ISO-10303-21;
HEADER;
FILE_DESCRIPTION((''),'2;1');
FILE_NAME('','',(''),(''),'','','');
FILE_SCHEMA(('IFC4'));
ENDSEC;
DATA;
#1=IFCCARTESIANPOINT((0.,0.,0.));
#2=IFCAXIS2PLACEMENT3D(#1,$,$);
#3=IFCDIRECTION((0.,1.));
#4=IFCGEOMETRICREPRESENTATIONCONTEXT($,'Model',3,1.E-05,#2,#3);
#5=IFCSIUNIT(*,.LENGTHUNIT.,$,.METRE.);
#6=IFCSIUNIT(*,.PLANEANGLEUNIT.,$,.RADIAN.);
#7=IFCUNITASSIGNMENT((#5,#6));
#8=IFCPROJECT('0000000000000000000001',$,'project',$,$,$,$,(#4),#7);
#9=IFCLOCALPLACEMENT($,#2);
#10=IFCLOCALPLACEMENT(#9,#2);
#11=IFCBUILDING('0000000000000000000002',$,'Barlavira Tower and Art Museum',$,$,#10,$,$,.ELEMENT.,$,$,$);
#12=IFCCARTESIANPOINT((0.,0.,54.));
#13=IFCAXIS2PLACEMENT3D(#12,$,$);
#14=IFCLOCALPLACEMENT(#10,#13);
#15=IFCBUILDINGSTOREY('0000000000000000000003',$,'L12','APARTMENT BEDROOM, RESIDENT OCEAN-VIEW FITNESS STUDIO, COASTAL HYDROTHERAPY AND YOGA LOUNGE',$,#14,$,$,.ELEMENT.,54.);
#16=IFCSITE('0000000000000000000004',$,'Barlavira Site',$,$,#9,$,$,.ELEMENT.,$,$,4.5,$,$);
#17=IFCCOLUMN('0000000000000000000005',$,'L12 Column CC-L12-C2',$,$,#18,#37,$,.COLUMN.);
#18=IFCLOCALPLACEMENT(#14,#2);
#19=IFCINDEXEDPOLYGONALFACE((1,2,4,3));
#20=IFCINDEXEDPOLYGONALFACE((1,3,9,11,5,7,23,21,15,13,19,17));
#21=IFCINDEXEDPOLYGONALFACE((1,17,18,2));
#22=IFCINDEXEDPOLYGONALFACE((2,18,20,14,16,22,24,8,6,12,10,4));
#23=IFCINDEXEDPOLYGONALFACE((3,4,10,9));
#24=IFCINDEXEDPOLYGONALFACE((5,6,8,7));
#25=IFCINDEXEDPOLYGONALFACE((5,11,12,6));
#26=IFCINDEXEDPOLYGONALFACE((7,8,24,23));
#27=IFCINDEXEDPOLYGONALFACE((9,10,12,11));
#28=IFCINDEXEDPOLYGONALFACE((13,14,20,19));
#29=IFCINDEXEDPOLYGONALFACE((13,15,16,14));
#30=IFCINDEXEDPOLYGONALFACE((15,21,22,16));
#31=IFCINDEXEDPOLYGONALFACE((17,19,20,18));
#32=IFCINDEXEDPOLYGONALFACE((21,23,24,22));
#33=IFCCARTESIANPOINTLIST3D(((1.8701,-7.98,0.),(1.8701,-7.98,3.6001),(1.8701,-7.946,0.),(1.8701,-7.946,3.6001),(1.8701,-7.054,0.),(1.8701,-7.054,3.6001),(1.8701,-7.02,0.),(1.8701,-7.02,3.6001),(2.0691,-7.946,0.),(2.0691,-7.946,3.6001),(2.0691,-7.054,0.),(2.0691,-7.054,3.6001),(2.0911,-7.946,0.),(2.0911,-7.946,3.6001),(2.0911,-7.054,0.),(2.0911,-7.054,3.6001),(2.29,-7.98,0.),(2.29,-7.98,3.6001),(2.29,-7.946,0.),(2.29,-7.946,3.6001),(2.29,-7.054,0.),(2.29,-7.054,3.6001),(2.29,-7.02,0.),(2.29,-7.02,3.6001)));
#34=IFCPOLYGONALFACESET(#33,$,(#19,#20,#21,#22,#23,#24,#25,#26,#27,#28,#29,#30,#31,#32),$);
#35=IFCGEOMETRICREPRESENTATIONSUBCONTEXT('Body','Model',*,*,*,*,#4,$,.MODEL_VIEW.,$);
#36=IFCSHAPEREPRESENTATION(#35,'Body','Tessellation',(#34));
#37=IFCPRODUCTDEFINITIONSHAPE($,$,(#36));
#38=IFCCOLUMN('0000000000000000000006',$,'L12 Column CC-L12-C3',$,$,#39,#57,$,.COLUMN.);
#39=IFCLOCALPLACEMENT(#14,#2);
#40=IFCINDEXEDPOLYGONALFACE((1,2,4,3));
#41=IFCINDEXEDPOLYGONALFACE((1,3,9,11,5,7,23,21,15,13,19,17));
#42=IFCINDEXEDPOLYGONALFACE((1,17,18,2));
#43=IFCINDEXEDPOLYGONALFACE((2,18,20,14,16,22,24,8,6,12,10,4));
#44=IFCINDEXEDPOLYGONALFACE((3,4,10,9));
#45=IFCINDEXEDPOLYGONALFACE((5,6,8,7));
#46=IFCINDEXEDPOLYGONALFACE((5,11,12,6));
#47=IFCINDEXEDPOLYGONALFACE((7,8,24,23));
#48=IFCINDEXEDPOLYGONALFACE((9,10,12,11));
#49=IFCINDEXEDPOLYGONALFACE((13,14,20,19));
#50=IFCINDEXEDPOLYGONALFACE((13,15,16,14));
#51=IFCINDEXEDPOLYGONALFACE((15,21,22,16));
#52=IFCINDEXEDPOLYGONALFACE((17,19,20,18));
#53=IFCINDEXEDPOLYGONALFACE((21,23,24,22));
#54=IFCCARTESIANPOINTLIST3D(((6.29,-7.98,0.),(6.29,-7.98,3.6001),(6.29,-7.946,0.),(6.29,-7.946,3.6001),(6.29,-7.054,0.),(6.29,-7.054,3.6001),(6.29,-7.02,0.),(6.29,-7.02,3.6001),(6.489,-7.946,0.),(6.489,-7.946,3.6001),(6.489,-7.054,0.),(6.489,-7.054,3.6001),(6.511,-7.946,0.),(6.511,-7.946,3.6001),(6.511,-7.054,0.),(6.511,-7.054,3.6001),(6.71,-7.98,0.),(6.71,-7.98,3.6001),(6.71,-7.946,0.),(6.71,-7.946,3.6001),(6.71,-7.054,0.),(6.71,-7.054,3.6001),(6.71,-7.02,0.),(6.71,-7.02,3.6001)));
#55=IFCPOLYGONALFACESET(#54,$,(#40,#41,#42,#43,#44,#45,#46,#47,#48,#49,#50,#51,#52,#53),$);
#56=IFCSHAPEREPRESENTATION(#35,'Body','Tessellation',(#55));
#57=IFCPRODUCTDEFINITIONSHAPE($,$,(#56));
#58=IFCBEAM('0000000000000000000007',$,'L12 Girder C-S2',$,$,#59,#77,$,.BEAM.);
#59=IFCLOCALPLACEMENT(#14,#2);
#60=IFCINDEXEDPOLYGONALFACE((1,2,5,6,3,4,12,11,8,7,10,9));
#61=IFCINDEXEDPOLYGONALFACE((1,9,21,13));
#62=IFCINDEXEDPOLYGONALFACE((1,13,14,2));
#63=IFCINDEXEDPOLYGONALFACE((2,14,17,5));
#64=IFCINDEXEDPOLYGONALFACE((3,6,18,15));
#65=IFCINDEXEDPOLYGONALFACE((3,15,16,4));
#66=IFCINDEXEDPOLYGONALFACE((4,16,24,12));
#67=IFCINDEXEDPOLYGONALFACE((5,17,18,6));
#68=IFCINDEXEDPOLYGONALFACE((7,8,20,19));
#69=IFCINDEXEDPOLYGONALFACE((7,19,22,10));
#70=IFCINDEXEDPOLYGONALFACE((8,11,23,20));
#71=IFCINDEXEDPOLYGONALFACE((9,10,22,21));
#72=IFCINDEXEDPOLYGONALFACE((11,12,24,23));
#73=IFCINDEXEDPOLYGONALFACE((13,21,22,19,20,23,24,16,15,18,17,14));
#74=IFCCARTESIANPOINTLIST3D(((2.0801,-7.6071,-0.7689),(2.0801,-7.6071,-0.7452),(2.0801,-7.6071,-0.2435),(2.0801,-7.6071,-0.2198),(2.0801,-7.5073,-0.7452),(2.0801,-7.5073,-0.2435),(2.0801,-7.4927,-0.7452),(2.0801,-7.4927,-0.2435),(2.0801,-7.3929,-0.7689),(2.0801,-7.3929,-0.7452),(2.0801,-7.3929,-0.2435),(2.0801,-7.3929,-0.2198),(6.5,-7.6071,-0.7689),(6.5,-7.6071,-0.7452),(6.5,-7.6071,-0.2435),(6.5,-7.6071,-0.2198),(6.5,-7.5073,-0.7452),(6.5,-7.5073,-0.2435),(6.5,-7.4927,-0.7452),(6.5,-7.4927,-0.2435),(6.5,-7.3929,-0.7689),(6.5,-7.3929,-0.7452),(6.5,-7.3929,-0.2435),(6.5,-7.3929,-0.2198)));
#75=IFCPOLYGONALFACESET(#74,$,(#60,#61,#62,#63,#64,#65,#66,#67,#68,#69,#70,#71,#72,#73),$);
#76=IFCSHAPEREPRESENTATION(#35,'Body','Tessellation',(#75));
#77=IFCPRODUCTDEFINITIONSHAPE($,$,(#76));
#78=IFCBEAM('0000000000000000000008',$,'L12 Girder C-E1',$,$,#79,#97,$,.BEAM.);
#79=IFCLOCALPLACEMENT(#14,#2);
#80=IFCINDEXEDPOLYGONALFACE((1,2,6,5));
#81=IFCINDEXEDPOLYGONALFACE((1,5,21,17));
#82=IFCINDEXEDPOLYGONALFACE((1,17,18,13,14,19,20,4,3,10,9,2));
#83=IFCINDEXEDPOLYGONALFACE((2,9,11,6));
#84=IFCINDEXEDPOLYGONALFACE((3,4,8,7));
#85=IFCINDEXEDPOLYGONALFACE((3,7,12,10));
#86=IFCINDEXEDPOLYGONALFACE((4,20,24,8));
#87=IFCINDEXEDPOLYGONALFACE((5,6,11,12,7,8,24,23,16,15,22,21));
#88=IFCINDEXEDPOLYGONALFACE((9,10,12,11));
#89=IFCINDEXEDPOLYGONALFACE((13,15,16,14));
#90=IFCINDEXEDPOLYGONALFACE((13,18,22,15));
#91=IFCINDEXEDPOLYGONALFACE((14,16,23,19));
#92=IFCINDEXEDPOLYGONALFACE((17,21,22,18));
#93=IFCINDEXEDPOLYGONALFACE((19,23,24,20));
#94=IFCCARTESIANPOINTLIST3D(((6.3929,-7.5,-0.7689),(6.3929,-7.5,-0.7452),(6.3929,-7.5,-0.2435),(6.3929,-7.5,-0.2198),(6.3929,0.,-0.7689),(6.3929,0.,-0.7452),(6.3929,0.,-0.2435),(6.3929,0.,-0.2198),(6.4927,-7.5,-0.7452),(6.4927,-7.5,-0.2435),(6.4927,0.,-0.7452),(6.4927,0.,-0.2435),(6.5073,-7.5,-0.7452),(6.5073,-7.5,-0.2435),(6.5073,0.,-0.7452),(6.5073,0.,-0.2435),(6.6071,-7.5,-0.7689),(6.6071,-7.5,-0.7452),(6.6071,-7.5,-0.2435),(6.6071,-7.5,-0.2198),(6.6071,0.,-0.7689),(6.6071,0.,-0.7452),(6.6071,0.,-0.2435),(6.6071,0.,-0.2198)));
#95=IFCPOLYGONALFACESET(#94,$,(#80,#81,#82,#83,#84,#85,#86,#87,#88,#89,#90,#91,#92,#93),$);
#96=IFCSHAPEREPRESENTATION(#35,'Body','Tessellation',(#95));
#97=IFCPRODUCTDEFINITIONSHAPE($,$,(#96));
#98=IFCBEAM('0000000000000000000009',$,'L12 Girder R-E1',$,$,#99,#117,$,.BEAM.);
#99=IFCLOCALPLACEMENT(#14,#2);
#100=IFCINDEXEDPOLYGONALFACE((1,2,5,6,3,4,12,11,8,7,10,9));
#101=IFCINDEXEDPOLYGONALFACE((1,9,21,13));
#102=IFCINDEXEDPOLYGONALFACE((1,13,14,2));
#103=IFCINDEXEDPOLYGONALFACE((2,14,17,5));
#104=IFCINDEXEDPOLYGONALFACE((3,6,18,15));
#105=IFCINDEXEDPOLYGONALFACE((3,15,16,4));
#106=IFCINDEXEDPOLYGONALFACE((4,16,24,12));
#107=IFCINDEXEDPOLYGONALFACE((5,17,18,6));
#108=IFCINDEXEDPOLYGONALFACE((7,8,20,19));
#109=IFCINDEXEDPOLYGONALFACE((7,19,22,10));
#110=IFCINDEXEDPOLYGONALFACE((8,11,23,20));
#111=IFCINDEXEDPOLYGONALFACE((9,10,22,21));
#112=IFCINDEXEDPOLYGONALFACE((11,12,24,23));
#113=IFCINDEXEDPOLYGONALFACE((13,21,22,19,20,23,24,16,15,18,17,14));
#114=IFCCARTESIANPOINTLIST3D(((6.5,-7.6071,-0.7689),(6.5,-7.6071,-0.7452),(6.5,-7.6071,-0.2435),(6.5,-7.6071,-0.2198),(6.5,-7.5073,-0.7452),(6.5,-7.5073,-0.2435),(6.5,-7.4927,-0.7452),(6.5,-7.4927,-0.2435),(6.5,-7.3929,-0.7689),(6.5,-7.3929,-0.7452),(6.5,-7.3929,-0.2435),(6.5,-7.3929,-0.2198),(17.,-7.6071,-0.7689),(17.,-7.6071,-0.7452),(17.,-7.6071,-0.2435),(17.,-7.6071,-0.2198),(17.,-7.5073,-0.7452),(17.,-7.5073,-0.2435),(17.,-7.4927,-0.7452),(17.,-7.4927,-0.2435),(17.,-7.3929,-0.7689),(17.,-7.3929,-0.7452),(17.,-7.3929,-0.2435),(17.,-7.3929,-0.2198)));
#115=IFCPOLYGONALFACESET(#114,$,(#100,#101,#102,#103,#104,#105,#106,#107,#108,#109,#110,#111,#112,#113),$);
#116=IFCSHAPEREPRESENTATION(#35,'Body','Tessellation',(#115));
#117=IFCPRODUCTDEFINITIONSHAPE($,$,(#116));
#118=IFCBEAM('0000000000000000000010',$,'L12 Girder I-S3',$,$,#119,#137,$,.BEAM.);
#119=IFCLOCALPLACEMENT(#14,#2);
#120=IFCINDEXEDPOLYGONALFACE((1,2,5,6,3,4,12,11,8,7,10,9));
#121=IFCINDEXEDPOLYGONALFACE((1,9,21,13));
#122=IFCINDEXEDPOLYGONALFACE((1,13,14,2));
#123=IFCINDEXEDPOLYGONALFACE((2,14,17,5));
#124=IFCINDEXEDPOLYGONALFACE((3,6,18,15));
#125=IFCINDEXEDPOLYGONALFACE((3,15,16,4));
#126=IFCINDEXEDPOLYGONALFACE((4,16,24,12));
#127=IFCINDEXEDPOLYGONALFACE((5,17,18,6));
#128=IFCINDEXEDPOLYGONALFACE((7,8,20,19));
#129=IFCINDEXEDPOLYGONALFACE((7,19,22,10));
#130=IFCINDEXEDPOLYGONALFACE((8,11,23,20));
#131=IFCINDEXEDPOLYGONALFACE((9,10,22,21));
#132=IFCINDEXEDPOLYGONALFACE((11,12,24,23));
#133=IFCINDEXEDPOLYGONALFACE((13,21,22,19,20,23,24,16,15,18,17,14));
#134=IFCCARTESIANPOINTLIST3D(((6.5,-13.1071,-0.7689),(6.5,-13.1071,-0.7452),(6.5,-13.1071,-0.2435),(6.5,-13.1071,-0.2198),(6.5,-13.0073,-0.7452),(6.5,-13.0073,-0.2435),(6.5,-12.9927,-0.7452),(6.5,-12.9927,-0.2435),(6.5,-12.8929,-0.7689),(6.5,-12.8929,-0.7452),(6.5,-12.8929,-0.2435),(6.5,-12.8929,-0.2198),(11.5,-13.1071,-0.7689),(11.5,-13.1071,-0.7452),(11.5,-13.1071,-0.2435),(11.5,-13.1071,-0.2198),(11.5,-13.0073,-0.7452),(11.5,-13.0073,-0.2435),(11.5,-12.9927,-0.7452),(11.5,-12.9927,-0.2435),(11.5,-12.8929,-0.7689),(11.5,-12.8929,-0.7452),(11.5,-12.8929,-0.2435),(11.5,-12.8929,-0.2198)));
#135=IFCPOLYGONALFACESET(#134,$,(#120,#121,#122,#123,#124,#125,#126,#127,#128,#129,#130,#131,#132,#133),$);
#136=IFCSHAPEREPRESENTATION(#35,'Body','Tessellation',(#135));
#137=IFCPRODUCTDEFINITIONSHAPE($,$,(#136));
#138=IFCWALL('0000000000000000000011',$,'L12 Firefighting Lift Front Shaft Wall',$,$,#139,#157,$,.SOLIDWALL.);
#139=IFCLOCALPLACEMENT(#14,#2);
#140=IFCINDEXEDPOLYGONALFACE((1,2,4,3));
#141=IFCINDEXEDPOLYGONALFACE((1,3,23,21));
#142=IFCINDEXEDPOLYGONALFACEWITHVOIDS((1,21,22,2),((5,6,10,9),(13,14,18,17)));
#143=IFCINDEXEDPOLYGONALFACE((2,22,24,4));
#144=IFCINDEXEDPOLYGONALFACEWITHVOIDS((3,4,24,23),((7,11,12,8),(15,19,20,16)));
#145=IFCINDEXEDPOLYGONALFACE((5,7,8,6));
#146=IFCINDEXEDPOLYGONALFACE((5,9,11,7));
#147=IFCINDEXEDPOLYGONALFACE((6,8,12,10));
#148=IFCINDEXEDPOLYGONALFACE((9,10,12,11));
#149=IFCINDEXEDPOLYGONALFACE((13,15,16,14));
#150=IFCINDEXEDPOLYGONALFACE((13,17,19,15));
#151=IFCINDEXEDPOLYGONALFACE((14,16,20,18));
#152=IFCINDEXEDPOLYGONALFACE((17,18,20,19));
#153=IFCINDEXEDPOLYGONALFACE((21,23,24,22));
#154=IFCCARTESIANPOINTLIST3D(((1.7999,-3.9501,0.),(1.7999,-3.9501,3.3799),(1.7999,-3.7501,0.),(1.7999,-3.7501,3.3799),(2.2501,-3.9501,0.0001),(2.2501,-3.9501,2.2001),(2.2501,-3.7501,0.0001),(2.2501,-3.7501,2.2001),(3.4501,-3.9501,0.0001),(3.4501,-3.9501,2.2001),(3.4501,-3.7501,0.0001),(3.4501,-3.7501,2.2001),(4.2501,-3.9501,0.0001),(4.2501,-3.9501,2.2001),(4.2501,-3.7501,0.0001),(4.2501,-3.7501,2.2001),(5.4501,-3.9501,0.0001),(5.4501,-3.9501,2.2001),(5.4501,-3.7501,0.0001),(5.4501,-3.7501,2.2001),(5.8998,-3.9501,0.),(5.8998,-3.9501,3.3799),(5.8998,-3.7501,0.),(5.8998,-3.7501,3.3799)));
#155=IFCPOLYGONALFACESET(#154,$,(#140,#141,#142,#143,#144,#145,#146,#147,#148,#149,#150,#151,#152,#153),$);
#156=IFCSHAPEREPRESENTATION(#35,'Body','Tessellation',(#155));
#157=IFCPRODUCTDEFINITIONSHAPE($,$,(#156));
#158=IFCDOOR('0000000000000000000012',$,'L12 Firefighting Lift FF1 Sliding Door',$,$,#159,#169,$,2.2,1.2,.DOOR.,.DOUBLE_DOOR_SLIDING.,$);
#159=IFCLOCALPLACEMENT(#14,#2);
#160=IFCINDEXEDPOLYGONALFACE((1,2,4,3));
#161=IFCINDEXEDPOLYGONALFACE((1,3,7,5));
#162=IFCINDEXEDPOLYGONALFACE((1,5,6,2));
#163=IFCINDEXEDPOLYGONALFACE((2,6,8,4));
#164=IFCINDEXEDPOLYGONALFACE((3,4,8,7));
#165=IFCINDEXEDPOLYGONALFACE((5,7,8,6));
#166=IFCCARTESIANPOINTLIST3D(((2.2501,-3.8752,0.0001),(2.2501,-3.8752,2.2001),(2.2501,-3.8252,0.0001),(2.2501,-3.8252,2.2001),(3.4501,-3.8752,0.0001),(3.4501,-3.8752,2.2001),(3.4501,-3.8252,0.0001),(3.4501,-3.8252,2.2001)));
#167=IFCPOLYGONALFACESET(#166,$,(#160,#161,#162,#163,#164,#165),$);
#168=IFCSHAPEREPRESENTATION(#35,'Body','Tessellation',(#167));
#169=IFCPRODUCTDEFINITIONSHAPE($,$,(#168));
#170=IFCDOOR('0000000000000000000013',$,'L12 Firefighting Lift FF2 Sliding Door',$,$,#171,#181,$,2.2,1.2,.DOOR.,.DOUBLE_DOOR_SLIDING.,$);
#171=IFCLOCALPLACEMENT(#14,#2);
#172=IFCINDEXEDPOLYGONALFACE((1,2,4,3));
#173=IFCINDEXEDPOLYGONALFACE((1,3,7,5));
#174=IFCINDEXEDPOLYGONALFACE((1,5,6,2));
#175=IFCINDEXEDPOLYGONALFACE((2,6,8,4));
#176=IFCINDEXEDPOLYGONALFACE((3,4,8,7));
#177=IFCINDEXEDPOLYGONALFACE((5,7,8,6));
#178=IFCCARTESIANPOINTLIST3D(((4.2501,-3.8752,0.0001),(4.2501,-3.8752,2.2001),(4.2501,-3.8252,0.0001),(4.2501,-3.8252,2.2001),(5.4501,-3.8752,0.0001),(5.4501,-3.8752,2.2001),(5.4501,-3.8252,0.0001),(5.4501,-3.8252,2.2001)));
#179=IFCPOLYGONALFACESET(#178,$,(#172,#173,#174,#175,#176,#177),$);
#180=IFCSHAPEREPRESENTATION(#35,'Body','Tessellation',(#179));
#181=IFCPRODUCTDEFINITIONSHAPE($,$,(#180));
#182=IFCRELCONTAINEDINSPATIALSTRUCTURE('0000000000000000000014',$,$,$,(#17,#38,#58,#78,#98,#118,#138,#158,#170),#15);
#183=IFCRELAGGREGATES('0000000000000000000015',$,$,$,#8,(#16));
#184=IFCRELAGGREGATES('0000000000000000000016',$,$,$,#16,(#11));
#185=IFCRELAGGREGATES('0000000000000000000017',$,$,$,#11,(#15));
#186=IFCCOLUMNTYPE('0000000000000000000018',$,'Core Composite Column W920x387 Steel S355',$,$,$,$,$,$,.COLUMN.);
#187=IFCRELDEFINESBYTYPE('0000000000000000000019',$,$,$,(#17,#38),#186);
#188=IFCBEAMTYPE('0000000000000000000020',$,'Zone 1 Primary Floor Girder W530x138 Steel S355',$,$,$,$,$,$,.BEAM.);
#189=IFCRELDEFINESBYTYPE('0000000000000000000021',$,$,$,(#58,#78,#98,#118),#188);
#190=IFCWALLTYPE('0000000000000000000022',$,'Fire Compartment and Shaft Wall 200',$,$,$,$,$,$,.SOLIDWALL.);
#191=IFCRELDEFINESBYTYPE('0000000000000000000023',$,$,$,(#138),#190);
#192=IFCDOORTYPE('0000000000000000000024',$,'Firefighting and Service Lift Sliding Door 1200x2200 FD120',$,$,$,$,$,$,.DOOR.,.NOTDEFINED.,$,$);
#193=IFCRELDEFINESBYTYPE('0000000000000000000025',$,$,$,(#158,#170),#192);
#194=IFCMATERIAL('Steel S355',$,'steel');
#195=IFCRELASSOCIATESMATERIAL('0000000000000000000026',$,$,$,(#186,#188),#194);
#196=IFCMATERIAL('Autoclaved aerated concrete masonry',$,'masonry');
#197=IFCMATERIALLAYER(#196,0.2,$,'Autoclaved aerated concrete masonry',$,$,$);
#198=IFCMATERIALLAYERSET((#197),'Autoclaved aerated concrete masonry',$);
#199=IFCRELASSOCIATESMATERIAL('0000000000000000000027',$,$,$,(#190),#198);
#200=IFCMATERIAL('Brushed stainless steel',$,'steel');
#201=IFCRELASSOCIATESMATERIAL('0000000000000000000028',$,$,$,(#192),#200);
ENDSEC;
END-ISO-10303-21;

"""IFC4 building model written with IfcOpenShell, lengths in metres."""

from ifc_helpers import new_model, si_unit, direction, frame, frame_2d, origin, origin_2d, place, context, subcontext, project, spatial, rectangle, i_section, extrude, material, layer, layer_set, material_profile, profile_set, type_object, element, fill, save


model = new_model("IFC4")

# Units and contexts
model_context = context("Model", 3, precision=1e-05, world=origin(), true_north=direction((0.0, 1.0)))
body_context = subcontext(model_context, "Body", "Model", "MODEL_VIEW")
ifc_project = project(units=[si_unit("LENGTHUNIT", "METRE"), si_unit("PLANEANGLEUNIT", "RADIAN")], contexts=[model_context])

# Site, building, storey
site_placement = place(None, origin())
site = spatial("IfcSite", under=ifc_project, at=site_placement, Name="Barlavira Site", CompositionType="ELEMENT", RefElevation=4.5)
building_placement = place(site_placement, origin())
building = spatial("IfcBuilding", under=site, at=building_placement, Name="Barlavira Tower and Art Museum", CompositionType="ELEMENT")
storey_placement = place(building_placement, frame((0.0, 0.0, 54.0)))
storey = spatial("IfcBuildingStorey", under=building, at=storey_placement, Name="L12", Description="APARTMENT BEDROOM, RESIDENT OCEAN-VIEW FITNESS STUDIO, COASTAL HYDROTHERAPY AND YOGA LOUNGE", CompositionType="ELEMENT", Elevation=54.0)

# Columns
ifc_material_1 = material(Name="Steel S355", Category="steel")
ifc_material_profile_1 = material_profile(ifc_material_1, i_section(OverallWidth=0.4199, OverallDepth=0.96, WebThickness=0.022, FlangeThickness=0.0339, at=origin_2d()), Name="W920x387.0")
ifc_profile_set_1 = profile_set([ifc_material_profile_1], Name="Steel S355")
column_type = type_object("IfcColumnType", Name="Core Composite Column W920x387 Steel S355", PredefinedType="COLUMN", material=ifc_profile_set_1)
for number, where, z_axis, x_axis, name in (
    (1, (2.0801, -7.5, 0.0), (0.0, 0.0, 1.0), (1.0, 0.0, 0.0), "L12 Column CC-L12-C2"),
    (2, (6.5, -7.5, 0.0), (0.0, 0.0, 1.0), (1.0, 0.0, 0.0), "L12 Column CC-L12-C3"),
):
    element("IfcColumn", number, at=place(storey_placement, frame(where, z_axis=z_axis, x_axis=x_axis)), inside=storey, type_object=column_type, Name=name, PredefinedType="COLUMN", context=body_context, shape_type="SweptSolid", body=[
        extrude(i_section(OverallWidth=0.4199, OverallDepth=0.96, WebThickness=0.022, FlangeThickness=0.0339, at=origin_2d()), origin(), (0.0, 0.0, 1.0), 3.6001),
    ])

# Beams
ifc_material_profile_2 = material_profile(ifc_material_1, i_section(OverallWidth=0.2141, OverallDepth=0.5491, WebThickness=0.0146, FlangeThickness=0.0237, at=origin_2d()), Name="W530x138.0")
ifc_profile_set_2 = profile_set([ifc_material_profile_2], Name="Steel S355")
beam_type = type_object("IfcBeamType", Name="Zone 1 Primary Floor Girder W530x138 Steel S355", PredefinedType="BEAM", material=ifc_profile_set_2)
beam_1_placement = place(storey_placement, frame((2.0801, -7.5, -0.4944), z_axis=(1.0, 0.0, 0.0), x_axis=(0.0, 1.0, 0.0)))
element("IfcBeam", 3, at=beam_1_placement, inside=storey, type_object=beam_type, Name="L12 Girder C-S2", PredefinedType="BEAM", context=body_context, shape_type="SweptSolid", body=[
    extrude(i_section(OverallWidth=0.2141, OverallDepth=0.5491, WebThickness=0.0146, FlangeThickness=0.0237, at=origin_2d()), origin(), (0.0, 0.0, 1.0), 4.4199),
])
beam_2_placement = place(storey_placement, frame((6.5, -7.5, -0.4944), z_axis=(0.0, 1.0, 0.0), x_axis=(-1.0, 0.0, 0.0)))
element("IfcBeam", 4, at=beam_2_placement, inside=storey, type_object=beam_type, Name="L12 Girder C-E1", PredefinedType="BEAM", context=body_context, shape_type="SweptSolid", body=[
    extrude(i_section(OverallWidth=0.2141, OverallDepth=0.5491, WebThickness=0.0146, FlangeThickness=0.0237, at=origin_2d()), origin(), (0.0, 0.0, 1.0), 7.5),
])
beam_3_placement = place(storey_placement, frame((6.5, -7.5, -0.4944), z_axis=(1.0, 0.0, 0.0), x_axis=(0.0, 1.0, 0.0)))
element("IfcBeam", 5, at=beam_3_placement, inside=storey, type_object=beam_type, Name="L12 Girder R-E1", PredefinedType="BEAM", context=body_context, shape_type="SweptSolid", body=[
    extrude(i_section(OverallWidth=0.2141, OverallDepth=0.5491, WebThickness=0.0146, FlangeThickness=0.0237, at=origin_2d()), origin(), (0.0, 0.0, 1.0), 10.5),
])
beam_4_placement = place(storey_placement, frame((6.5, -13.0, -0.4944), z_axis=(1.0, 0.0, 0.0), x_axis=(0.0, 1.0, 0.0)))
element("IfcBeam", 6, at=beam_4_placement, inside=storey, type_object=beam_type, Name="L12 Girder I-S3", PredefinedType="BEAM", context=body_context, shape_type="SweptSolid", body=[
    extrude(i_section(OverallWidth=0.2141, OverallDepth=0.5491, WebThickness=0.0146, FlangeThickness=0.0237, at=origin_2d()), origin(), (0.0, 0.0, 1.0), 5.0),
])

# Shared definitions
ifc_material_2 = material(Name="Brushed stainless steel", Category="steel")

# Wall, openings, doors
ifc_material_3 = material(Name="Autoclaved aerated concrete masonry", Category="masonry")
ifc_layer_1 = layer(ifc_material_3, 0.2, Name="Autoclaved aerated concrete masonry")
ifc_layer_set_1 = layer_set([ifc_layer_1], Name="Autoclaved aerated concrete masonry")
wall_type_1 = type_object("IfcWallType", Name="Fire Compartment and Shaft Wall 200", PredefinedType="SOLIDWALL", material=ifc_layer_set_1)
wall_1_placement = place(storey_placement, frame((1.8, -3.8501, 0.0), z_axis=(0.0, 0.0, 1.0), x_axis=(1.0, 0.0, 0.0)))
wall_1 = element("IfcWall", 7, at=wall_1_placement, inside=storey, type_object=wall_type_1, Name="L12 Firefighting Lift Front Shaft Wall", PredefinedType="SOLIDWALL", context=body_context, shape_type="SweptSolid", body=[
    extrude(rectangle(XDim=4.0999, YDim=0.2, at=frame_2d((2.0498, 0.0))), origin(), (0.0, 0.0, 1.0), 3.3799),
])
opening_1_placement = place(wall_1_placement, frame((0.45, 0.0, 0.0)))
opening_1 = element("IfcOpeningElement", 8, at=opening_1_placement, cuts=wall_1, PredefinedType="OPENING", context=body_context, shape_type="SweptSolid", body=[
    extrude(rectangle(XDim=1.2, YDim=2.2, at=frame_2d((0.6001, 1.1001))), frame((0.0, 0.1099, 0.0), z_axis=(0.0, -1.0, 0.0), x_axis=(1.0, 0.0, 0.0)), (0.0, 0.0, 1.0), 0.22),
])
opening_2_placement = place(wall_1_placement, frame((2.45, 0.0, 0.0)))
opening_2 = element("IfcOpeningElement", 9, at=opening_2_placement, cuts=wall_1, PredefinedType="OPENING", context=body_context, shape_type="SweptSolid", body=[
    extrude(rectangle(XDim=1.2, YDim=2.2, at=frame_2d((0.6001, 1.1001))), frame((0.0, 0.1099, 0.0), z_axis=(0.0, -1.0, 0.0), x_axis=(1.0, 0.0, 0.0)), (0.0, 0.0, 1.0), 0.22),
])
door_type_1 = type_object("IfcDoorType", Name="Firefighting and Service Lift Sliding Door 1200x2200 FD120", OperationType="NOTDEFINED", PredefinedType="DOOR", material=ifc_material_2)
door_1_placement = place(opening_1_placement, origin())
door_1 = element("IfcDoor", 10, at=door_1_placement, inside=storey, type_object=door_type_1, Name="L12 Firefighting Lift FF1 Sliding Door", OperationType="DOUBLE_DOOR_SLIDING", OverallHeight=2.2, OverallWidth=1.2, PredefinedType="DOOR", context=body_context, shape_type="SweptSolid", body=[
    extrude(rectangle(XDim=1.2, YDim=2.2, at=frame_2d((0.6001, 1.1001))), frame((0.0, 0.0249, 0.0), z_axis=(0.0, -1.0, 0.0), x_axis=(1.0, 0.0, 0.0)), (0.0, 0.0, 1.0), 0.05),
])
fill(opening_1, door_1)
door_2_placement = place(opening_2_placement, origin())
door_2 = element("IfcDoor", 11, at=door_2_placement, inside=storey, type_object=door_type_1, Name="L12 Firefighting Lift FF2 Sliding Door", OperationType="DOUBLE_DOOR_SLIDING", OverallHeight=2.2, OverallWidth=1.2, PredefinedType="DOOR", context=body_context, shape_type="SweptSolid", body=[
    extrude(rectangle(XDim=1.2, YDim=2.2, at=frame_2d((0.6001, 1.1001))), frame((0.0, 0.0249, 0.0), z_axis=(0.0, -1.0, 0.0), x_axis=(1.0, 0.0, 0.0)), (0.0, 0.0, 1.0), 0.05),
])
fill(opening_2, door_2)

save(model, "model.ifc")
